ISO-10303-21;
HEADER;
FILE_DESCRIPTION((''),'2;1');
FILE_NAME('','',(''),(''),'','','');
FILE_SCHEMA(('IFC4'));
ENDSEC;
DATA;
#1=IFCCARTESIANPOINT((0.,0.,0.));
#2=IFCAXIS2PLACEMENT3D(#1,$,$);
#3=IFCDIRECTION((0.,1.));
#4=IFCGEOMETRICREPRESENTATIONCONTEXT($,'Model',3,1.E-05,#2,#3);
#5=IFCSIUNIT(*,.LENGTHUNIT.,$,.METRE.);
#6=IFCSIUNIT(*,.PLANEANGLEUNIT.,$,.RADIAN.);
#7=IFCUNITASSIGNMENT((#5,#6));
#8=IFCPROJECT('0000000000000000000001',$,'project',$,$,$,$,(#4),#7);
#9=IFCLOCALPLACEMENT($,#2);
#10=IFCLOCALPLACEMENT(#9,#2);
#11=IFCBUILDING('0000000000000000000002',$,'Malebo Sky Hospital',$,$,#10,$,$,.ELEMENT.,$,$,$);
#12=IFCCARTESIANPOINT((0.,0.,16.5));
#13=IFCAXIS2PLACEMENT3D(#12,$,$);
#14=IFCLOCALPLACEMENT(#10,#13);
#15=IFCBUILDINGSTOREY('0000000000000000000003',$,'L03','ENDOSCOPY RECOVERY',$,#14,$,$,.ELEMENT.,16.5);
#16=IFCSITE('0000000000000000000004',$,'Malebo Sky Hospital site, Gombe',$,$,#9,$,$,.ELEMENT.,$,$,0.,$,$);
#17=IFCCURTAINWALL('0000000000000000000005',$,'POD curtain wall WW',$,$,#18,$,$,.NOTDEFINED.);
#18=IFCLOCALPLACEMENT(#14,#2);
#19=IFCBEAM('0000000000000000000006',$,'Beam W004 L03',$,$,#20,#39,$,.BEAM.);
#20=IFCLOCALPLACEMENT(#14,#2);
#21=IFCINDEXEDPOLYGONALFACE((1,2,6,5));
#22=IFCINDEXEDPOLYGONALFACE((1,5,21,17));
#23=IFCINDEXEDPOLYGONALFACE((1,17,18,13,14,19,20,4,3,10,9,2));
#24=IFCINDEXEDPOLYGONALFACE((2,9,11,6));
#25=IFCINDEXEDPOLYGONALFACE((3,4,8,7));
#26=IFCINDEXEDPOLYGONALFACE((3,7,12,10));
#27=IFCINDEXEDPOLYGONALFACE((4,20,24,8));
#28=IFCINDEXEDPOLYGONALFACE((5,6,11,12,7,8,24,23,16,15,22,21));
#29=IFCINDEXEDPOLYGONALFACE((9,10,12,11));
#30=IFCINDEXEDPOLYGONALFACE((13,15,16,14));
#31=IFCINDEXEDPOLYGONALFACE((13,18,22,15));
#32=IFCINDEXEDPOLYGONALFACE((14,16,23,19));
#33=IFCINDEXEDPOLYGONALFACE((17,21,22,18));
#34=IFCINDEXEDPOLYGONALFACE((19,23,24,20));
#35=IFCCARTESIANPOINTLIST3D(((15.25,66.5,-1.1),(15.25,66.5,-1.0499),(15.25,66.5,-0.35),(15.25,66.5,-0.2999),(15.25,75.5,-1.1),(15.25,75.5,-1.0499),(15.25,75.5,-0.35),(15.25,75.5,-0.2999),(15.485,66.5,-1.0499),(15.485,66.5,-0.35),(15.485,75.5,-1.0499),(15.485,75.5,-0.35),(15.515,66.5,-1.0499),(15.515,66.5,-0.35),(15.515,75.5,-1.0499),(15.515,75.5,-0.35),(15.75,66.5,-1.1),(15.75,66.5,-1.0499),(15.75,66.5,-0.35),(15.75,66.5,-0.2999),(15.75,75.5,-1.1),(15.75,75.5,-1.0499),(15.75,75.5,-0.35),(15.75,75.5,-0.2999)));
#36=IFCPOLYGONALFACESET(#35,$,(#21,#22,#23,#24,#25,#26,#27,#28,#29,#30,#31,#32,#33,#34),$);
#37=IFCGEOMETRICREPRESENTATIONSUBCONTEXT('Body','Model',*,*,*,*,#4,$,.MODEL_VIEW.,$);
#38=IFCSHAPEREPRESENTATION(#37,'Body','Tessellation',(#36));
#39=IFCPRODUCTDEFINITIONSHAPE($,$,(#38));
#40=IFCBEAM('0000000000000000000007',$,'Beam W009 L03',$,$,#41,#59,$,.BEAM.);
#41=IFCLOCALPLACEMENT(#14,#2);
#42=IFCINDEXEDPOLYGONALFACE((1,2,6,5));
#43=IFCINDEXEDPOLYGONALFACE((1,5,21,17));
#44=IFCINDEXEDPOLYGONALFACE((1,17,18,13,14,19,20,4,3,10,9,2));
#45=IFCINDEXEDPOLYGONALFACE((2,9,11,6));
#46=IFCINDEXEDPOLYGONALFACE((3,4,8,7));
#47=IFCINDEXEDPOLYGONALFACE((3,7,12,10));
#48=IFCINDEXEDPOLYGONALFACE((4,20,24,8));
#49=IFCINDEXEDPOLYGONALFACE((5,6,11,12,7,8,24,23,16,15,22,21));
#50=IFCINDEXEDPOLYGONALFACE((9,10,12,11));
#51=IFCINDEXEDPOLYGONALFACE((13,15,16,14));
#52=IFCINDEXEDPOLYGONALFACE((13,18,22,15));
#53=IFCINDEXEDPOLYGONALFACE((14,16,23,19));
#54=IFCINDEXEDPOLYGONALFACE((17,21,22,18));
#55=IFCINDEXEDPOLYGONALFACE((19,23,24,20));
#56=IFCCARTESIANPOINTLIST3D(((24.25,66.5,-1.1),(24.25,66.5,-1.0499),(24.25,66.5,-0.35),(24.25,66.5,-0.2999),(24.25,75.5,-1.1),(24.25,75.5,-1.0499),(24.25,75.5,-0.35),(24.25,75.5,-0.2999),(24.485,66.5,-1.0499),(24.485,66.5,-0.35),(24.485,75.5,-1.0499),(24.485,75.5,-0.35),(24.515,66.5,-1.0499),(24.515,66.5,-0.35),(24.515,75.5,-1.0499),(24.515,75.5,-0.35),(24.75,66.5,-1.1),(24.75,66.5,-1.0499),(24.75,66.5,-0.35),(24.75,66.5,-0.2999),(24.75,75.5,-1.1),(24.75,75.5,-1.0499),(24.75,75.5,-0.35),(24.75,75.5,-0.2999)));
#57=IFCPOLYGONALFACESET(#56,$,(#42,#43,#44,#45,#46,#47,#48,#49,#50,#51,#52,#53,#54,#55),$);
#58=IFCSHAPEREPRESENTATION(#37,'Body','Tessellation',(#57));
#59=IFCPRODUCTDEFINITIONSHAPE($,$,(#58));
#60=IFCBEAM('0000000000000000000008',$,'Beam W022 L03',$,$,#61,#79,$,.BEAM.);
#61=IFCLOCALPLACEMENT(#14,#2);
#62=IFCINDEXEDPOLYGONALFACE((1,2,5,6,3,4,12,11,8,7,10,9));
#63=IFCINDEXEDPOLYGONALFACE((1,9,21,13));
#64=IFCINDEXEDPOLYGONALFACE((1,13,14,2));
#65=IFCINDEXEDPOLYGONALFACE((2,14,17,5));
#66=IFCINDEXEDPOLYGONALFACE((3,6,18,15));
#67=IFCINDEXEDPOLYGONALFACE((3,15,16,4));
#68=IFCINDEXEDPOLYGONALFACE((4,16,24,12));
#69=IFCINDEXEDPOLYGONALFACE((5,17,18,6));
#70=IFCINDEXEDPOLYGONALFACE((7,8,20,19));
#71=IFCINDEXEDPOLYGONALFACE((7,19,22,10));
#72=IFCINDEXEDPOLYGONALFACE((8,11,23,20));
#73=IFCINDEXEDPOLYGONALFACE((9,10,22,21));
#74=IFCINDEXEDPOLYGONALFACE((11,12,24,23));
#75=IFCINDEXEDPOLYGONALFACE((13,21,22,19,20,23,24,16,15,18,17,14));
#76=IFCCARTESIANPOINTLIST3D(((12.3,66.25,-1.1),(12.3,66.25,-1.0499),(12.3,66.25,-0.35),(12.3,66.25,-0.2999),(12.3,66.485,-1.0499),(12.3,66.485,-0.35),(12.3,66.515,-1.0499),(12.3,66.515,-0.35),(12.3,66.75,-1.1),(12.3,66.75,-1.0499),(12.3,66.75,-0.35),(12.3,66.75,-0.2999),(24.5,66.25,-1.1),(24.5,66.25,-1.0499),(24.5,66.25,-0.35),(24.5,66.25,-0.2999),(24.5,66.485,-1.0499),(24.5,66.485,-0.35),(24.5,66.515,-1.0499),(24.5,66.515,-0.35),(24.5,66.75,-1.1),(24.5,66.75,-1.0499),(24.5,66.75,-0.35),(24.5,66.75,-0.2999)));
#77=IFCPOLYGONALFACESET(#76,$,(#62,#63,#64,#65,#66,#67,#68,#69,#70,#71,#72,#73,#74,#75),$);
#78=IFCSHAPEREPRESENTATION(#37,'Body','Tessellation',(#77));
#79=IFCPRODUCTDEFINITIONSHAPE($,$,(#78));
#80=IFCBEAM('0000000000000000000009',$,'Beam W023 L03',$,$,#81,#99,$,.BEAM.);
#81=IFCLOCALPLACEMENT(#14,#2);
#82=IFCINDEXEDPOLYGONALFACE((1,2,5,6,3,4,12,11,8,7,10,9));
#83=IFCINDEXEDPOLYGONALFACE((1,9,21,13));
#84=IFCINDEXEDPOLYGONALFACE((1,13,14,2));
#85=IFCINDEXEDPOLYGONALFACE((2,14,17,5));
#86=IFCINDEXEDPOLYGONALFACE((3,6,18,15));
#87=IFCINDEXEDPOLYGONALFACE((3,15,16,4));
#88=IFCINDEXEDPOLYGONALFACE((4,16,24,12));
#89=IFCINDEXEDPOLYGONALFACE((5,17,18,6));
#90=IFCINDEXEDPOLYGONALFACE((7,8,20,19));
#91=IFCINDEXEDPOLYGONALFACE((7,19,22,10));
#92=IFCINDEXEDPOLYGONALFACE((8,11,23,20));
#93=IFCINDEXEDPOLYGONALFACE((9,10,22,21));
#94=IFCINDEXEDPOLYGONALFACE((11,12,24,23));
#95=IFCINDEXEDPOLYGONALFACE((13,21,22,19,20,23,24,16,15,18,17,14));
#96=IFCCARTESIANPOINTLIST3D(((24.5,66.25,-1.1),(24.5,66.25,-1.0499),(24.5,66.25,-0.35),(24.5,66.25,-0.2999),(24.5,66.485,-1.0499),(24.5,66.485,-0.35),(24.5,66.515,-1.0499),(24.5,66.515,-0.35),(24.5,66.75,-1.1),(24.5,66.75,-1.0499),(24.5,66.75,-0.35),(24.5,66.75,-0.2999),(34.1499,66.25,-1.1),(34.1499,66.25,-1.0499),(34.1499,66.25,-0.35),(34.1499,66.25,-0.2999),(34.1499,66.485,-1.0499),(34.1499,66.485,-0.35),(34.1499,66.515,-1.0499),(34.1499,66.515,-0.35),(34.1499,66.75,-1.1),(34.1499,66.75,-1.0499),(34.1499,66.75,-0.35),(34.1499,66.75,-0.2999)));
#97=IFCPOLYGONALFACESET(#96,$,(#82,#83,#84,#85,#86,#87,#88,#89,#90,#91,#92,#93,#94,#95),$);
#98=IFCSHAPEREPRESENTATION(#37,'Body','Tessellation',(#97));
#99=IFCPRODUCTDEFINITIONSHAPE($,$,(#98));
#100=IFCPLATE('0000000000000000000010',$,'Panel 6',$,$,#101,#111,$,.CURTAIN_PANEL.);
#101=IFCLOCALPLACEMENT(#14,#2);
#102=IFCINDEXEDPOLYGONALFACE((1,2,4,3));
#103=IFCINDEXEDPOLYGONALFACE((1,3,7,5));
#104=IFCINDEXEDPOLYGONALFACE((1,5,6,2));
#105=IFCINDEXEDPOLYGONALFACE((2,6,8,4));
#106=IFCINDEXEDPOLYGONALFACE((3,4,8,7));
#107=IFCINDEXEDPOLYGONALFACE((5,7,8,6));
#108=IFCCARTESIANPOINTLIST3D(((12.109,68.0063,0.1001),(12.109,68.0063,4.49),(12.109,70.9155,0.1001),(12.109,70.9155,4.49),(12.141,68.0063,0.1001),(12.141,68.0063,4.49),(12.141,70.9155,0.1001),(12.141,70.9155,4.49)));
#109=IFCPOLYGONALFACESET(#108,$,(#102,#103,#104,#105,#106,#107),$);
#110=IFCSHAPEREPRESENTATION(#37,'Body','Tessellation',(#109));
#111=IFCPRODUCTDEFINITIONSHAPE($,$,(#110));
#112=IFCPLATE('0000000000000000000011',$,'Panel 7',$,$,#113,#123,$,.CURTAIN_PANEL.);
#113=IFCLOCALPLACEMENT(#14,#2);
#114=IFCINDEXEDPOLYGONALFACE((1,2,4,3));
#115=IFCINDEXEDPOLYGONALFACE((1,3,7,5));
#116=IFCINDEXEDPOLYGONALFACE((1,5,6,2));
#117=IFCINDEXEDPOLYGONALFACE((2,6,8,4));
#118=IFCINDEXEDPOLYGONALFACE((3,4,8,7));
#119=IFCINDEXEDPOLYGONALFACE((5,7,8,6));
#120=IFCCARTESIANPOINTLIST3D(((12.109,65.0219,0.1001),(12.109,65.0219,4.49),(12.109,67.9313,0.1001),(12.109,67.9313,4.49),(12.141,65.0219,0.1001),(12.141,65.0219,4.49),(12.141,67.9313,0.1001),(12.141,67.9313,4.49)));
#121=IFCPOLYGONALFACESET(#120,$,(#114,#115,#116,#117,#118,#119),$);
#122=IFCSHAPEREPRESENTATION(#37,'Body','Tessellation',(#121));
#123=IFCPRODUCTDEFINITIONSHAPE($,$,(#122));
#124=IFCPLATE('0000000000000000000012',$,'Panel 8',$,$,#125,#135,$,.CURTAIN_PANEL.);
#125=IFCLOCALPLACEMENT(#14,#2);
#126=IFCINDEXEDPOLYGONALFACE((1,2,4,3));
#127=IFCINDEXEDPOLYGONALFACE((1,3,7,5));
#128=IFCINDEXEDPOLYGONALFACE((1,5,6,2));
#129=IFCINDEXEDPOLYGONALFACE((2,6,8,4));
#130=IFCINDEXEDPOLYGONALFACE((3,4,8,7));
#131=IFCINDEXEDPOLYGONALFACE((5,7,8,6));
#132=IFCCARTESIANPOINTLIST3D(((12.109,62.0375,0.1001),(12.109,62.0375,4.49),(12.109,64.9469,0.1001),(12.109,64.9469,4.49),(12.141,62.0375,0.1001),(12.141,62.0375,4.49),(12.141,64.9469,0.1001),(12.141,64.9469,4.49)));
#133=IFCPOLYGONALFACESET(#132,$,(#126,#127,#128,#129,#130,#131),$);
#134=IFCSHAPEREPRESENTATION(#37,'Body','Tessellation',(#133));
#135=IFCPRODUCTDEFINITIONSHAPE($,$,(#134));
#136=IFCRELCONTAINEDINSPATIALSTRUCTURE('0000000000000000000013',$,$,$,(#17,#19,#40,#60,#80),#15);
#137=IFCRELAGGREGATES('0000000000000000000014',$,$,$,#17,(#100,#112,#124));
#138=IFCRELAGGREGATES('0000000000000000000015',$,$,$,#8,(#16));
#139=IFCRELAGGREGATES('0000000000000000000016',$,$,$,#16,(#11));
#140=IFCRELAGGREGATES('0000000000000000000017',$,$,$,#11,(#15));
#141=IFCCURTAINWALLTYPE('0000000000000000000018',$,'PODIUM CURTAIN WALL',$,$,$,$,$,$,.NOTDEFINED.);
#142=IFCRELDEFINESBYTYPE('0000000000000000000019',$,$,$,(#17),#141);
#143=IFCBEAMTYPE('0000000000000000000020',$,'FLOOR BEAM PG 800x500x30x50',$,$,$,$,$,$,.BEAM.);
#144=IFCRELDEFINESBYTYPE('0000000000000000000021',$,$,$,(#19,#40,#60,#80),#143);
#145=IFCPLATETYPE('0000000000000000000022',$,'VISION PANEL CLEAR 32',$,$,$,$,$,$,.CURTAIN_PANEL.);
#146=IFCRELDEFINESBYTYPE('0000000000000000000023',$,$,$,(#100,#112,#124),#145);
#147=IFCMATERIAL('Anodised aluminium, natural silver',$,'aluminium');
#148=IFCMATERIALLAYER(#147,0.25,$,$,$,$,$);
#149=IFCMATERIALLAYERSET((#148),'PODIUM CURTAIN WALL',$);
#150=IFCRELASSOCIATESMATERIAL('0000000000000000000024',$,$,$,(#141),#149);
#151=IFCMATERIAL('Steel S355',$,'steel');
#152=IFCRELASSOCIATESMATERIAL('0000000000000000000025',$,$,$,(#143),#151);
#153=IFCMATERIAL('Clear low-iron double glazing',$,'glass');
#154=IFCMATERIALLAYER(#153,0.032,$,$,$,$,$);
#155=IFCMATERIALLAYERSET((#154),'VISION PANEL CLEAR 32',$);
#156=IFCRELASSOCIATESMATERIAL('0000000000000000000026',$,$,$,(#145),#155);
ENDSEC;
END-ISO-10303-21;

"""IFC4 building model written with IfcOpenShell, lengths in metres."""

from ifc_helpers import new_model, si_unit, direction, frame, origin, origin_2d, place, context, subcontext, project, spatial, rectangle, i_section, extrude, material, layer, layer_set, material_profile, profile_set, type_object, element, aggregate, save


model = new_model("IFC4")

# Units and contexts
model_context = context("Model", 3, precision=1e-05, world=origin(), true_north=direction((0.0, 1.0)))
body_context = subcontext(model_context, "Body", "Model", "MODEL_VIEW")
ifc_project = project(units=[si_unit("LENGTHUNIT", "METRE"), si_unit("PLANEANGLEUNIT", "RADIAN")], contexts=[model_context])

# Site, building, storey
site_placement = place(None, origin())
site = spatial("IfcSite", under=ifc_project, at=site_placement, Name="Malebo Sky Hospital site, Gombe", CompositionType="ELEMENT", RefElevation=0.0)
building_placement = place(site_placement, origin())
building = spatial("IfcBuilding", under=site, at=building_placement, Name="Malebo Sky Hospital", CompositionType="ELEMENT")
storey_placement = place(building_placement, frame((0.0, 0.0, 16.5)))
storey = spatial("IfcBuildingStorey", under=building, at=storey_placement, Name="L03", Description="ENDOSCOPY RECOVERY", CompositionType="ELEMENT", Elevation=16.5)

# Shared definitions
ifc_material_1 = material(Name="Steel S355", Category="steel")

# Curtain wall
ifc_material_2 = material(Name="Anodised aluminium, natural silver", Category="aluminium")
ifc_layer_1 = layer(ifc_material_2, 0.25)
ifc_layer_set_1 = layer_set([ifc_layer_1], Name="PODIUM CURTAIN WALL")
curtain_wall_type = type_object("IfcCurtainWallType", Name="PODIUM CURTAIN WALL", PredefinedType="NOTDEFINED", material=ifc_layer_set_1)
curtain_wall_placement = place(storey_placement, origin())
curtain_wall = element("IfcCurtainWall", 1, at=curtain_wall_placement, inside=storey, type_object=curtain_wall_type, Name="POD curtain wall WW", PredefinedType="NOTDEFINED")

# Beams
ifc_material_profile_1 = material_profile(ifc_material_1, i_section(OverallWidth=0.5, OverallDepth=0.8, WebThickness=0.03, FlangeThickness=0.05, at=origin_2d()), Name="PG 800x500x30x50")
ifc_profile_set_1 = profile_set([ifc_material_profile_1], Name="Steel S355")
beam_type = type_object("IfcBeamType", Name="FLOOR BEAM PG 800x500x30x50", PredefinedType="BEAM", material=ifc_profile_set_1)
for number, where, z_axis, x_axis, name in (
    (2, (15.5, 66.5, -0.7), (0.0, 1.0, 0.0), (-1.0, 0.0, 0.0), "Beam W004 L03"),
    (3, (24.5, 66.5, -0.7), (0.0, 1.0, 0.0), (-1.0, 0.0, 0.0), "Beam W009 L03"),
):
    element("IfcBeam", number, at=place(storey_placement, frame(where, z_axis=z_axis, x_axis=x_axis)), inside=storey, type_object=beam_type, Name=name, PredefinedType="BEAM", context=body_context, shape_type="SweptSolid", body=[
        extrude(i_section(OverallWidth=0.5, OverallDepth=0.8, WebThickness=0.03, FlangeThickness=0.05, at=origin_2d()), origin(), (0.0, 0.0, 1.0), 9.0),
    ])
beam_1_placement = place(storey_placement, frame((12.3, 66.5, -0.7), z_axis=(1.0, 0.0, 0.0), x_axis=(0.0, 1.0, 0.0)))
element("IfcBeam", 4, at=beam_1_placement, inside=storey, type_object=beam_type, Name="Beam W022 L03", PredefinedType="BEAM", context=body_context, shape_type="SweptSolid", body=[
    extrude(i_section(OverallWidth=0.5, OverallDepth=0.8, WebThickness=0.03, FlangeThickness=0.05, at=origin_2d()), origin(), (0.0, 0.0, 1.0), 12.2),
])
beam_2_placement = place(storey_placement, frame((24.5, 66.5, -0.7), z_axis=(1.0, 0.0, 0.0), x_axis=(0.0, 1.0, 0.0)))
element("IfcBeam", 5, at=beam_2_placement, inside=storey, type_object=beam_type, Name="Beam W023 L03", PredefinedType="BEAM", context=body_context, shape_type="SweptSolid", body=[
    extrude(i_section(OverallWidth=0.5, OverallDepth=0.8, WebThickness=0.03, FlangeThickness=0.05, at=origin_2d()), origin(), (0.0, 0.0, 1.0), 9.6499),
])

# Plates
ifc_material_3 = material(Name="Clear low-iron double glazing", Category="glass")
ifc_layer_2 = layer(ifc_material_3, 0.032)
ifc_layer_set_2 = layer_set([ifc_layer_2], Name="VISION PANEL CLEAR 32")
plate_type = type_object("IfcPlateType", Name="VISION PANEL CLEAR 32", PredefinedType="CURTAIN_PANEL", material=ifc_layer_set_2)
plate_1_placement = place(storey_placement, frame((12.125, 69.4609, 0.1001), z_axis=(0.0, 0.0, 1.0), x_axis=(0.0, -1.0, 0.0)))
plate_1 = element("IfcPlate", 6, at=plate_1_placement, type_object=plate_type, Name="Panel 6", PredefinedType="CURTAIN_PANEL", context=body_context, shape_type="SweptSolid", body=[
    extrude(rectangle(XDim=2.9092, YDim=0.032, at=origin_2d()), origin(), (0.0, 0.0, 1.0), 4.3899),
])
plate_2_placement = place(storey_placement, frame((12.125, 66.4766, 0.1001), z_axis=(0.0, 0.0, 1.0), x_axis=(0.0, -1.0, 0.0)))
plate_2 = element("IfcPlate", 7, at=plate_2_placement, type_object=plate_type, Name="Panel 7", PredefinedType="CURTAIN_PANEL", context=body_context, shape_type="SweptSolid", body=[
    extrude(rectangle(XDim=2.9094, YDim=0.032, at=origin_2d()), origin(), (0.0, 0.0, 1.0), 4.3899),
])
plate_3_placement = place(storey_placement, frame((12.125, 63.4922, 0.1001), z_axis=(0.0, 0.0, 1.0), x_axis=(0.0, -1.0, 0.0)))
plate_3 = element("IfcPlate", 8, at=plate_3_placement, type_object=plate_type, Name="Panel 8", PredefinedType="CURTAIN_PANEL", context=body_context, shape_type="SweptSolid", body=[
    extrude(rectangle(XDim=2.9094, YDim=0.032, at=origin_2d()), origin(), (0.0, 0.0, 1.0), 4.3899),
])
aggregate(curtain_wall, [plate_1, plate_2, plate_3])

save(model, "model.ifc")
